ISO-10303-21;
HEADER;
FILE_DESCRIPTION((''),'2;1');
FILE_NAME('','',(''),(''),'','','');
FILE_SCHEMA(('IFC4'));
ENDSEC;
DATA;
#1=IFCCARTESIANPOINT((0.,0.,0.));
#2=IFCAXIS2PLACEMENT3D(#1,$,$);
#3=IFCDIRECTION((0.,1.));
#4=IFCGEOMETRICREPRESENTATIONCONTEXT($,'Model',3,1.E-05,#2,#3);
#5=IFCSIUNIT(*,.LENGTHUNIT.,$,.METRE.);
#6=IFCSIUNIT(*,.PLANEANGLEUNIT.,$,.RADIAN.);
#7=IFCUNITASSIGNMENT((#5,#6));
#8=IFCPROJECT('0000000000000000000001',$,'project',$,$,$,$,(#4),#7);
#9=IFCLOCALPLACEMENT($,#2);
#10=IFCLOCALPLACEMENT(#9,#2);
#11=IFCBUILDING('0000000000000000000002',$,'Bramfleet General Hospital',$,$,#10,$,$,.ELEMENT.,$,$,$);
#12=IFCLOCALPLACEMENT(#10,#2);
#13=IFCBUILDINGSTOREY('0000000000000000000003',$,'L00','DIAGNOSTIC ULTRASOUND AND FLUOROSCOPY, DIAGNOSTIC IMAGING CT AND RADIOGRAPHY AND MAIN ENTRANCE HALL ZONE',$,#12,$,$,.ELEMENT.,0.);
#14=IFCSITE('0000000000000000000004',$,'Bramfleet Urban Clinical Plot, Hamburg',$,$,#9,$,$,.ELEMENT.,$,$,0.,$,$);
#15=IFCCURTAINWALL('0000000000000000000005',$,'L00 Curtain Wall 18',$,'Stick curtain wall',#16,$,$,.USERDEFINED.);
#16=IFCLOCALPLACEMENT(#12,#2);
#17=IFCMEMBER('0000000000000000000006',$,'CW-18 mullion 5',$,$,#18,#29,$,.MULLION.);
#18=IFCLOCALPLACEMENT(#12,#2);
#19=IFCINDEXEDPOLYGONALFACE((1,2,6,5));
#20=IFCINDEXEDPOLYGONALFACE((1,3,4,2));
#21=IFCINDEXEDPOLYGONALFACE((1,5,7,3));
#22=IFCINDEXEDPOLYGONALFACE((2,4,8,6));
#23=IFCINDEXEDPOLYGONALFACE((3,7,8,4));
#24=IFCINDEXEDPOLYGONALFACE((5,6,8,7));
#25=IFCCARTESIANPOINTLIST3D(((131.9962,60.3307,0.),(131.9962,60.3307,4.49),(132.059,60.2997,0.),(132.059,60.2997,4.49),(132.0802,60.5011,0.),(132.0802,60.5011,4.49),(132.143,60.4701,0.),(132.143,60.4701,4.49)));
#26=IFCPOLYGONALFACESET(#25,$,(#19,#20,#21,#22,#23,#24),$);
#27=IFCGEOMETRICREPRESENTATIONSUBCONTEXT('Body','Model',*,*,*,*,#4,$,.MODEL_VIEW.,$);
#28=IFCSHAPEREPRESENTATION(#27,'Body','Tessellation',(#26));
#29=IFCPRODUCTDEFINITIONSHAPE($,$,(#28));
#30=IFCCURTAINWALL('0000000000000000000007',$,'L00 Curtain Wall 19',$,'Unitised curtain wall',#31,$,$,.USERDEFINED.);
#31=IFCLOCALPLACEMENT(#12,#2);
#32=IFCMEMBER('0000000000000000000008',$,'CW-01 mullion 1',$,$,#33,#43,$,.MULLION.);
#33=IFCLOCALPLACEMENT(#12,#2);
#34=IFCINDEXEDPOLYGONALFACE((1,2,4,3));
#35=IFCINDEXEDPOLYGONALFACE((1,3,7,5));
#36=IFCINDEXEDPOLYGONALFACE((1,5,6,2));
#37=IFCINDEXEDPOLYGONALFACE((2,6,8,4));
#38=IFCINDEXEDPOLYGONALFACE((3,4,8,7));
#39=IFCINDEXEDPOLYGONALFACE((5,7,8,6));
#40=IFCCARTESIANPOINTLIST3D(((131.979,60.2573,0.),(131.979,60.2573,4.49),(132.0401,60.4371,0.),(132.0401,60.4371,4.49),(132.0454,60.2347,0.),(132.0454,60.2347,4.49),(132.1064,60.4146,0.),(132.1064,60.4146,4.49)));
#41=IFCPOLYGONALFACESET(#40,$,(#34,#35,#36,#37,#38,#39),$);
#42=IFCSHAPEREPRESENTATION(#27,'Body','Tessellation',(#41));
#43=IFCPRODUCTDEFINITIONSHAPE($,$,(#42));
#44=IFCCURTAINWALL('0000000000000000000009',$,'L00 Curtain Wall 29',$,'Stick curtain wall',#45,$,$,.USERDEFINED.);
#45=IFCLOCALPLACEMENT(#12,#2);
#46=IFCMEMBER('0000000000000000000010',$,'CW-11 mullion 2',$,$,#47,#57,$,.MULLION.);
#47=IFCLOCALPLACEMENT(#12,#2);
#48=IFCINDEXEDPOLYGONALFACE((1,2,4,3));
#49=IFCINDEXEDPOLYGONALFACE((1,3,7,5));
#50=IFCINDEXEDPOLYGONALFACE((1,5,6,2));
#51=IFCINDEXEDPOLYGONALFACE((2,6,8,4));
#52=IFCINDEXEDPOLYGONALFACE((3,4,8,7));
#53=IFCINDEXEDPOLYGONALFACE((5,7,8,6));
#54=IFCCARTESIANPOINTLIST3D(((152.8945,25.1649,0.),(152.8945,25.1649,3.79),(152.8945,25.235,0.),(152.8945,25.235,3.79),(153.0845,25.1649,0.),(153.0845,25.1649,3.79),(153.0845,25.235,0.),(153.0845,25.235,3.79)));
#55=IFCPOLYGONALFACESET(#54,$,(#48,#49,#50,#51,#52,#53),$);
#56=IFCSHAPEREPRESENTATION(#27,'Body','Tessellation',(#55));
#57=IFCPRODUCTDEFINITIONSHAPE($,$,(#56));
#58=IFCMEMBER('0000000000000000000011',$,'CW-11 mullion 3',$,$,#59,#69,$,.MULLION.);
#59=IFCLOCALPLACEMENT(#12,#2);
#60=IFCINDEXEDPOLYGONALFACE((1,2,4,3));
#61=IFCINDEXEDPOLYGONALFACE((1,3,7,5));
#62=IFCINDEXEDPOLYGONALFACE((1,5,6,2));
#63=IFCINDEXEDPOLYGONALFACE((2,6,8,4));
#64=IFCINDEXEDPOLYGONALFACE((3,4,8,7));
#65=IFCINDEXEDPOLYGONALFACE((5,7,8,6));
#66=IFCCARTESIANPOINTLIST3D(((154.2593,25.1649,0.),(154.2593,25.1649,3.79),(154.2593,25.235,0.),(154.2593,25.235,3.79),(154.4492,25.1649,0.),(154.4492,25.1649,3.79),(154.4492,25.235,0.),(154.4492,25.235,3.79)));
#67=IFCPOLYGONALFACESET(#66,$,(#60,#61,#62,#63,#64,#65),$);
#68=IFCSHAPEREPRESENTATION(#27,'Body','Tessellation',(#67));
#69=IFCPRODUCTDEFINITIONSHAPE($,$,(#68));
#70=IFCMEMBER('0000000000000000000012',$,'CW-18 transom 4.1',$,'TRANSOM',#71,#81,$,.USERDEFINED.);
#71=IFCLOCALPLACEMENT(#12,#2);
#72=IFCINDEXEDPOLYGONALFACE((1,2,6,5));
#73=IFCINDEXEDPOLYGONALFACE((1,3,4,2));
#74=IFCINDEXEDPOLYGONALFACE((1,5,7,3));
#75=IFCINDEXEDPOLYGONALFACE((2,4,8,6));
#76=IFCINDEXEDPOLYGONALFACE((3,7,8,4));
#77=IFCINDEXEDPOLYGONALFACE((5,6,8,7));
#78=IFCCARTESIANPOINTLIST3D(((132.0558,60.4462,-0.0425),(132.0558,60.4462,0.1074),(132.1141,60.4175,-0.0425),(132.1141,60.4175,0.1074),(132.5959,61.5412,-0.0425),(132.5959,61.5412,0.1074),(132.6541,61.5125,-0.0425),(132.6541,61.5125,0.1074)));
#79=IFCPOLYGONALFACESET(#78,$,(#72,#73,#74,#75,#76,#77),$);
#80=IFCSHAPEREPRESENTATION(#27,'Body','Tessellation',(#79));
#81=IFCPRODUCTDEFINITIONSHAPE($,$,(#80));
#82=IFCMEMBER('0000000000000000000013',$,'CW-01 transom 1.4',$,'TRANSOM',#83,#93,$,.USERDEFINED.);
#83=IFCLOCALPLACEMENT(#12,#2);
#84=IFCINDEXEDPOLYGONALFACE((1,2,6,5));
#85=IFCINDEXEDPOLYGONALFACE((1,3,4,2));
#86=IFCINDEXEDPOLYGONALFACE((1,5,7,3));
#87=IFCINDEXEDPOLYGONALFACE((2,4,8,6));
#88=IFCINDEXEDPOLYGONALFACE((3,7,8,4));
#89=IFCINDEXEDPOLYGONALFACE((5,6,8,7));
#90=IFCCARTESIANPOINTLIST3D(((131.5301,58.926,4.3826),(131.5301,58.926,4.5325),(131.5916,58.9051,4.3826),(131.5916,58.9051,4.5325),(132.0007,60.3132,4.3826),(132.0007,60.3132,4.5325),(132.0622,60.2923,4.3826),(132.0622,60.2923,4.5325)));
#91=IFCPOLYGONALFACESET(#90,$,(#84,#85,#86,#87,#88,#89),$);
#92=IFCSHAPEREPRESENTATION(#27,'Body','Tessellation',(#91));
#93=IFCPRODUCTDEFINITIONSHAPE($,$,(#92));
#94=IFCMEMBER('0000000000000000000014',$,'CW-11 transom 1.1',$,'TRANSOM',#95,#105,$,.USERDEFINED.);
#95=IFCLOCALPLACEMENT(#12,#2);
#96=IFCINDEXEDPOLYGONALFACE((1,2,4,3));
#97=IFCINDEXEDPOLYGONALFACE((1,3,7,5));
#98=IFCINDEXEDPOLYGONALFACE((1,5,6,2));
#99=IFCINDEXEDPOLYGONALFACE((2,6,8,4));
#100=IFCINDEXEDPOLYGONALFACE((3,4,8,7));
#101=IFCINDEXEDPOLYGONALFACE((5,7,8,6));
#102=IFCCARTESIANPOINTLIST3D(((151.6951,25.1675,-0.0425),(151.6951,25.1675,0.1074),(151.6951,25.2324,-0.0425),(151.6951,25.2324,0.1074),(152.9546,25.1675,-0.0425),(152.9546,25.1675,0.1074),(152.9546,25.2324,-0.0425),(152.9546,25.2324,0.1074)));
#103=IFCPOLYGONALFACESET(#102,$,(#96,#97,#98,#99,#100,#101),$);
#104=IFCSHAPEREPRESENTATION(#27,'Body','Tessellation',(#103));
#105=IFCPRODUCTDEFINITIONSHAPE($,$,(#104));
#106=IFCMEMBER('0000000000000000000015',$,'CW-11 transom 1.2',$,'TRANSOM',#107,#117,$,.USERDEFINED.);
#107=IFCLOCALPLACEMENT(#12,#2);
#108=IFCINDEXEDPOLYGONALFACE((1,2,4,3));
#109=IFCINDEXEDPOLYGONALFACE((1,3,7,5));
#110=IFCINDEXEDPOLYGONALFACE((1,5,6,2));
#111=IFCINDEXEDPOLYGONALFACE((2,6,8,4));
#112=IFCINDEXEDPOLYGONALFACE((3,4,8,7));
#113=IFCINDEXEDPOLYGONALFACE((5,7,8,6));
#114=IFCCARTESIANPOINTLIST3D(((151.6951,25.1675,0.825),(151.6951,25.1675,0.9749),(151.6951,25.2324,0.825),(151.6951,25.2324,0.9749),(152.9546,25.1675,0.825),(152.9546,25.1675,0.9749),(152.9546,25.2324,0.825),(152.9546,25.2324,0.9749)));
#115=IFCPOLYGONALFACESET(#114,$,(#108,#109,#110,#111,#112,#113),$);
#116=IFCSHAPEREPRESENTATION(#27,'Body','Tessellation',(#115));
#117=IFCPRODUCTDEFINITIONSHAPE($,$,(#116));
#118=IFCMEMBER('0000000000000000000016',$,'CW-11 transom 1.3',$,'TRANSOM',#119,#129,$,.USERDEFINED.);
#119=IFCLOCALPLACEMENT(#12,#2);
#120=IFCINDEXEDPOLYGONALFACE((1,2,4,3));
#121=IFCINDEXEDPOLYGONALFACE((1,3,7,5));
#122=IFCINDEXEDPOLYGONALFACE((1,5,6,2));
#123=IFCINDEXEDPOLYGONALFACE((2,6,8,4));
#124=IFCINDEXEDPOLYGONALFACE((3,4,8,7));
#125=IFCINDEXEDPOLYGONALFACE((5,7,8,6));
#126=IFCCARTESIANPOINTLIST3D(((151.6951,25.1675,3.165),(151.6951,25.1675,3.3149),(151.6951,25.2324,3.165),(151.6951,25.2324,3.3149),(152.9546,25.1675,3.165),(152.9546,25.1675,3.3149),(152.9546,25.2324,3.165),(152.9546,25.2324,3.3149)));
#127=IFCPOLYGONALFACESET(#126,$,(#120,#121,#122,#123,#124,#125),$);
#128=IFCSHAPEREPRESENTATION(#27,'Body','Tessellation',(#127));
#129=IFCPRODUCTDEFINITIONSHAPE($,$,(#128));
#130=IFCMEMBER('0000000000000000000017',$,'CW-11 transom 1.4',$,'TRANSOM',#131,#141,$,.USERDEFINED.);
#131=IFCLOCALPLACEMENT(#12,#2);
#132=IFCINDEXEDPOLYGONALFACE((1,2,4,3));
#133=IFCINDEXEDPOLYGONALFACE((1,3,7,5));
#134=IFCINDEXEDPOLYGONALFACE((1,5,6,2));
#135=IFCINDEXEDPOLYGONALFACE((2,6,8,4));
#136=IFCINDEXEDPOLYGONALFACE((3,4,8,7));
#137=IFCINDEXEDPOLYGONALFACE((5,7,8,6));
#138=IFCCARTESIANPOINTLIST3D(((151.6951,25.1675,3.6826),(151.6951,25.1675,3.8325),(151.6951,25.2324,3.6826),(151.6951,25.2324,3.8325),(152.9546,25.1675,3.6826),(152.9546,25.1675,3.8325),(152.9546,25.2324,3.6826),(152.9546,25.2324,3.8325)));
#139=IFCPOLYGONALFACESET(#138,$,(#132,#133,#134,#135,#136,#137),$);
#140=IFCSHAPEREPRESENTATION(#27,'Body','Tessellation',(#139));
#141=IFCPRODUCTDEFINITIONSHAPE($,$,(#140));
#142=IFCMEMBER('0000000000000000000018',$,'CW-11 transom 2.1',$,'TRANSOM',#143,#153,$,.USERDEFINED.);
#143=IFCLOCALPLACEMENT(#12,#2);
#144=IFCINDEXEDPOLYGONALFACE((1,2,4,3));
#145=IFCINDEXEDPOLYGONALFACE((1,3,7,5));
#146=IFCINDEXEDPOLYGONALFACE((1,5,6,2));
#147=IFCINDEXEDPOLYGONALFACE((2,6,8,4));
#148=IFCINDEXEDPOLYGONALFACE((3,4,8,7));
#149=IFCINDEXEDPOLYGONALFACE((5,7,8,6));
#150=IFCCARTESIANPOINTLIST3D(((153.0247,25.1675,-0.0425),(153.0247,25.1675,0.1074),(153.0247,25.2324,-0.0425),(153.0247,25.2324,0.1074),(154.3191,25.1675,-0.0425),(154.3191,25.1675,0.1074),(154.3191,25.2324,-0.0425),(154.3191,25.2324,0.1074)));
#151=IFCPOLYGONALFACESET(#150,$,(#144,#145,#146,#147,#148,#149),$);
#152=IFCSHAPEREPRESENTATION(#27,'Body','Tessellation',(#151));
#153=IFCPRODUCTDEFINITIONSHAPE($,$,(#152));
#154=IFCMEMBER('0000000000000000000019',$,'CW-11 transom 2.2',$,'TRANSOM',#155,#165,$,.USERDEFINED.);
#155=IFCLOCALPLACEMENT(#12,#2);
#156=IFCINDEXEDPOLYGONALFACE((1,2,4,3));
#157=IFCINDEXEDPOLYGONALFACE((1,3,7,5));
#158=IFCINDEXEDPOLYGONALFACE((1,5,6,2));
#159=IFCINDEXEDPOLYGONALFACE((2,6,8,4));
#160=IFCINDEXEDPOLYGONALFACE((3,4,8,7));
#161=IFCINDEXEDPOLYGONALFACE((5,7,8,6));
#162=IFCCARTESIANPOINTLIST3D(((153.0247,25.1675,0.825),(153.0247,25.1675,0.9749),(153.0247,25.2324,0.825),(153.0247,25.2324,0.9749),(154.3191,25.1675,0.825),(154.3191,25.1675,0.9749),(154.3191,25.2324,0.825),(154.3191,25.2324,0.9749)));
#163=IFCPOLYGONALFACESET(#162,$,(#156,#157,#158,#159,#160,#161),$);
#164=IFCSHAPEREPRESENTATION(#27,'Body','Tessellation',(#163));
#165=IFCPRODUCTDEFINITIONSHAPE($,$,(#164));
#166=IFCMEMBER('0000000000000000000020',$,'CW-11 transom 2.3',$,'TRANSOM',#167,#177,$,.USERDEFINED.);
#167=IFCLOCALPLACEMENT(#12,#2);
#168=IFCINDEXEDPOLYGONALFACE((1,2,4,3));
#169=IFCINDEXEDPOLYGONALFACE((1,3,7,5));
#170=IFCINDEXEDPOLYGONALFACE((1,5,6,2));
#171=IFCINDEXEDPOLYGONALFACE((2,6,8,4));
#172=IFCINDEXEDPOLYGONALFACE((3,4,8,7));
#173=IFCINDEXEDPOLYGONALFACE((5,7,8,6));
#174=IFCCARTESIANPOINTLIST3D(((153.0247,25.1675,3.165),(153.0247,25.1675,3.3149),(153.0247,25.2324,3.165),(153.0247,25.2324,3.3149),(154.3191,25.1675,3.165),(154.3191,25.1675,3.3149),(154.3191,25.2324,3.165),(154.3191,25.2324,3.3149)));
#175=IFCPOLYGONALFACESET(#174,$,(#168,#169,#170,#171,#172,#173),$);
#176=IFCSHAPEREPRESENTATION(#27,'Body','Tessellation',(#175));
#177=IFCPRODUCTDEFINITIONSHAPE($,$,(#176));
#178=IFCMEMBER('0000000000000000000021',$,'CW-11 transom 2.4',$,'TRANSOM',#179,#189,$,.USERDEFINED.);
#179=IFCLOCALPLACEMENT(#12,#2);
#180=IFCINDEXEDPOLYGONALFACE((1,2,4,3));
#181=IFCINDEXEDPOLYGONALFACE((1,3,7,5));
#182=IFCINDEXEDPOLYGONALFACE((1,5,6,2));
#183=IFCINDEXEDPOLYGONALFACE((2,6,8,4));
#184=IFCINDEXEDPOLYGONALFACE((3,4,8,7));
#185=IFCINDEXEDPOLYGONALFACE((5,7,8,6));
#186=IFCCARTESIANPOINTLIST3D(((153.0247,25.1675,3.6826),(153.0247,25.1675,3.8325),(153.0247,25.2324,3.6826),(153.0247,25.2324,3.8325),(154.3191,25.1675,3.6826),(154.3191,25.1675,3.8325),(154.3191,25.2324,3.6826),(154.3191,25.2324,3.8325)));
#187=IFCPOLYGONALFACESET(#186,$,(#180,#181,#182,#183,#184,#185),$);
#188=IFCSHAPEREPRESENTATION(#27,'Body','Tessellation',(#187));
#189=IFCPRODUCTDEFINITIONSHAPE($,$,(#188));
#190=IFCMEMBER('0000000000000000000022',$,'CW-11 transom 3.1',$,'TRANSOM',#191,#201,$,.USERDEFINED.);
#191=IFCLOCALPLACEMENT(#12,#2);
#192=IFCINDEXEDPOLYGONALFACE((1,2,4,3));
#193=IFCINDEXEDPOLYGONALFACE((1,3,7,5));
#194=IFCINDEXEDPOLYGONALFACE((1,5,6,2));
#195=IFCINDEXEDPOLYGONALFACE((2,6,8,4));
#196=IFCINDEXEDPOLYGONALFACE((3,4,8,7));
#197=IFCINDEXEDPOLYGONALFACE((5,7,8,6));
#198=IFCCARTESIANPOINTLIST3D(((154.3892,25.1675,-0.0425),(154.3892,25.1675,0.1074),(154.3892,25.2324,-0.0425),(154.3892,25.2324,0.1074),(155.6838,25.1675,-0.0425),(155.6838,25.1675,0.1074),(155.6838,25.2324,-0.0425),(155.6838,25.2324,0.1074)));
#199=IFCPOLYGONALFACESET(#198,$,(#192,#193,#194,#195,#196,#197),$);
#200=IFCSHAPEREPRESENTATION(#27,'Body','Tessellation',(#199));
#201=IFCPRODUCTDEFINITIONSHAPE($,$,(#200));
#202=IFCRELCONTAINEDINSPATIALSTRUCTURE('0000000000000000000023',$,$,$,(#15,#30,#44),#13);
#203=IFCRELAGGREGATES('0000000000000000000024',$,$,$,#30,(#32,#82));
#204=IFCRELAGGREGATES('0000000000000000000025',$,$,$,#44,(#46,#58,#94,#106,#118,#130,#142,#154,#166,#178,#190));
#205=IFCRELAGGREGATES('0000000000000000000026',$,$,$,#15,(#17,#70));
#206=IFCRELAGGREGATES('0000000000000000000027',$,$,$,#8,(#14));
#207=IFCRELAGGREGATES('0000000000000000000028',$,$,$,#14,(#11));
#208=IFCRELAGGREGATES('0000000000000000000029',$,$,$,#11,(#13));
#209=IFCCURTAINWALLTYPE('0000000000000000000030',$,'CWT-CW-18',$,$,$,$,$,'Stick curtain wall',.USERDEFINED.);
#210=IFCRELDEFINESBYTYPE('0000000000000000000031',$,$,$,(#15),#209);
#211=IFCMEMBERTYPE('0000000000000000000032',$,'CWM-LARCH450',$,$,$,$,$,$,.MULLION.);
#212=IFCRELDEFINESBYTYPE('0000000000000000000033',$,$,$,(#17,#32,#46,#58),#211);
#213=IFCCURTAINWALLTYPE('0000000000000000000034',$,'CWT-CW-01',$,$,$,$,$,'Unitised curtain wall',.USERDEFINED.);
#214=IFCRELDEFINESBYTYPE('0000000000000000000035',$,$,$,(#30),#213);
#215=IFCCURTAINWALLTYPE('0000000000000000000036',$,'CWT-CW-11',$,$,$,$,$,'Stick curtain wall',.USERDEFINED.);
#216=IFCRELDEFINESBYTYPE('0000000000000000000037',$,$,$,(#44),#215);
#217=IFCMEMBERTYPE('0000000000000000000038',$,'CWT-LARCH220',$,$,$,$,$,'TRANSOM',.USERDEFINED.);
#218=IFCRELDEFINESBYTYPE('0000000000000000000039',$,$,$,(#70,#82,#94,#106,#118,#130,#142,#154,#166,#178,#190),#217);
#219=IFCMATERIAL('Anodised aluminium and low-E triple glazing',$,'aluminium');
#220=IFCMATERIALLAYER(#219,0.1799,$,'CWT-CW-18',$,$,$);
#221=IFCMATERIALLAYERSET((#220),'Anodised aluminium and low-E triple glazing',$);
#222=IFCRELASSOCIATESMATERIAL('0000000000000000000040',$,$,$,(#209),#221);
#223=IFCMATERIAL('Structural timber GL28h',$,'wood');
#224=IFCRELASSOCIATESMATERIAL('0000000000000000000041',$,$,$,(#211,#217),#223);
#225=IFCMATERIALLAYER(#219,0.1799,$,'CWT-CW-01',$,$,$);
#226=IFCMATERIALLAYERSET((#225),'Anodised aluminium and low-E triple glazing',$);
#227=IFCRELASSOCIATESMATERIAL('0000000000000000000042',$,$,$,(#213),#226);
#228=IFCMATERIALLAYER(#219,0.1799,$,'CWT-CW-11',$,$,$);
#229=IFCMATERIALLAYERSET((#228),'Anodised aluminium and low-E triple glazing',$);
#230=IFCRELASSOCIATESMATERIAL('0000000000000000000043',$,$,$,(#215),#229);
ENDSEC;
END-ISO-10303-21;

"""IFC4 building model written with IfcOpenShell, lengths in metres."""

from ifc_helpers import new_model, si_unit, direction, frame, origin, origin_2d, place, context, subcontext, project, spatial, rectangle, extrude, material, layer, layer_set, material_profile, profile_set, type_object, element, aggregate, save


model = new_model("IFC4")

# Units and contexts
model_context = context("Model", 3, precision=1e-05, world=origin(), true_north=direction((0.0, 1.0)))
body_context = subcontext(model_context, "Body", "Model", "MODEL_VIEW")
ifc_project = project(units=[si_unit("LENGTHUNIT", "METRE"), si_unit("PLANEANGLEUNIT", "RADIAN")], contexts=[model_context])

# Site, building, storey
site_placement = place(None, origin())
site = spatial("IfcSite", under=ifc_project, at=site_placement, Name="Bramfleet Urban Clinical Plot, Hamburg", CompositionType="ELEMENT", RefElevation=0.0)
building_placement = place(site_placement, origin())
building = spatial("IfcBuilding", under=site, at=building_placement, Name="Bramfleet General Hospital", CompositionType="ELEMENT")
storey_placement = place(building_placement, origin())
storey = spatial("IfcBuildingStorey", under=building, at=storey_placement, Name="L00", Description="DIAGNOSTIC ULTRASOUND AND FLUOROSCOPY, DIAGNOSTIC IMAGING CT AND RADIOGRAPHY AND MAIN ENTRANCE HALL ZONE", CompositionType="ELEMENT", Elevation=0.0)

# Curtain walls, members
ifc_material_1 = material(Name="Anodised aluminium and low-E triple glazing", Category="aluminium")
ifc_layer_1 = layer(ifc_material_1, 0.1799, Name="CWT-CW-18")
ifc_layer_set_1 = layer_set([ifc_layer_1], Name="Anodised aluminium and low-E triple glazing")
curtain_wall_type_1 = type_object("IfcCurtainWallType", Name="CWT-CW-18", ElementType="Stick curtain wall", PredefinedType="USERDEFINED", material=ifc_layer_set_1)
curtain_wall_1_placement = place(storey_placement, origin())
curtain_wall_1 = element("IfcCurtainWall", 1, at=curtain_wall_1_placement, inside=storey, type_object=curtain_wall_type_1, Name="L00 Curtain Wall 18", ObjectType="Stick curtain wall", PredefinedType="USERDEFINED")
ifc_material_2 = material(Name="Structural timber GL28h", Category="wood")
ifc_material_profile_1 = material_profile(ifc_material_2, rectangle(XDim=0.0701, YDim=0.1899, at=origin_2d()), Name="LARCH 190x70")
ifc_profile_set_1 = profile_set([ifc_material_profile_1], Name="Structural timber GL28h")
member_type_1 = type_object("IfcMemberType", Name="CWM-LARCH450", PredefinedType="MULLION", material=ifc_profile_set_1)
member_1_placement = place(storey_placement, frame((132.0696, 60.4004, 0.0), z_axis=(0.0, 0.0, 1.0), x_axis=(0.896865, -0.442305, 0.0)))
member_1 = element("IfcMember", 2, at=member_1_placement, type_object=member_type_1, Name="CW-18 mullion 5", PredefinedType="MULLION", context=body_context, shape_type="SweptSolid", body=[
    extrude(rectangle(XDim=0.0701, YDim=0.1899, at=origin_2d()), origin(), (0.0, 0.0, 1.0), 4.49),
])
ifc_layer_2 = layer(ifc_material_1, 0.1799, Name="CWT-CW-01")
ifc_layer_set_2 = layer_set([ifc_layer_2], Name="Anodised aluminium and low-E triple glazing")
curtain_wall_type_2 = type_object("IfcCurtainWallType", Name="CWT-CW-01", ElementType="Unitised curtain wall", PredefinedType="USERDEFINED", material=ifc_layer_set_2)
curtain_wall_2_placement = place(storey_placement, origin())
curtain_wall_2 = element("IfcCurtainWall", 3, at=curtain_wall_2_placement, inside=storey, type_object=curtain_wall_type_2, Name="L00 Curtain Wall 19", ObjectType="Unitised curtain wall", PredefinedType="USERDEFINED")
member_2_placement = place(storey_placement, frame((132.0427, 60.3359, 0.0), z_axis=(0.0, 0.0, 1.0), x_axis=(0.946949, -0.321383, 0.0)))
member_2 = element("IfcMember", 4, at=member_2_placement, type_object=member_type_1, Name="CW-01 mullion 1", PredefinedType="MULLION", context=body_context, shape_type="SweptSolid", body=[
    extrude(rectangle(XDim=0.0701, YDim=0.1899, at=origin_2d()), origin(), (0.0, 0.0, 1.0), 4.49),
])

# Curtain wall, members
ifc_layer_3 = layer(ifc_material_1, 0.1799, Name="CWT-CW-11")
ifc_layer_set_3 = layer_set([ifc_layer_3], Name="Anodised aluminium and low-E triple glazing")
curtain_wall_type_3 = type_object("IfcCurtainWallType", Name="CWT-CW-11", ElementType="Stick curtain wall", PredefinedType="USERDEFINED", material=ifc_layer_set_3)
curtain_wall_3_placement = place(storey_placement, origin())
curtain_wall_3 = element("IfcCurtainWall", 5, at=curtain_wall_3_placement, inside=storey, type_object=curtain_wall_type_3, Name="L00 Curtain Wall 29", ObjectType="Stick curtain wall", PredefinedType="USERDEFINED")
member_3_placement = place(storey_placement, frame((152.9895, 25.2, 0.0), z_axis=(0.0, 0.0, 1.0), x_axis=(0.0, 1.0, 0.0)))
member_3 = element("IfcMember", 6, at=member_3_placement, type_object=member_type_1, Name="CW-11 mullion 2", PredefinedType="MULLION", context=body_context, shape_type="SweptSolid", body=[
    extrude(rectangle(XDim=0.0701, YDim=0.1899, at=origin_2d()), origin(), (0.0, 0.0, 1.0), 3.79),
])
member_4_placement = place(storey_placement, frame((154.3542, 25.2, 0.0), z_axis=(0.0, 0.0, 1.0), x_axis=(0.0, 1.0, 0.0)))
member_4 = element("IfcMember", 7, at=member_4_placement, type_object=member_type_1, Name="CW-11 mullion 3", PredefinedType="MULLION", context=body_context, shape_type="SweptSolid", body=[
    extrude(rectangle(XDim=0.0701, YDim=0.1899, at=origin_2d()), origin(), (0.0, 0.0, 1.0), 3.79),
])

# Members
ifc_material_profile_2 = material_profile(ifc_material_2, rectangle(XDim=0.0649, YDim=0.1499, at=origin_2d()), Name="LARCH 150x65")
ifc_profile_set_2 = profile_set([ifc_material_profile_2], Name="Structural timber GL28h")
member_type_2 = type_object("IfcMemberType", Name="CWT-LARCH220", ElementType="TRANSOM", PredefinedType="USERDEFINED", material=ifc_profile_set_2)
member_5_placement = place(storey_placement, frame((132.625, 61.5269, 0.0325), z_axis=(-0.442328, -0.896853, 0.0), x_axis=(0.896853, -0.442328, 0.0)))
member_5 = element("IfcMember", 8, at=member_5_placement, type_object=member_type_2, Name="CW-18 transom 4.1", ObjectType="TRANSOM", PredefinedType="USERDEFINED", context=body_context, shape_type="SweptSolid", body=[
    extrude(rectangle(XDim=0.0649, YDim=0.1499, at=origin_2d()), origin(), (0.0, 0.0, 1.0), 1.2209),
])
member_6_placement = place(storey_placement, frame((132.0315, 60.3027, 4.4575), z_axis=(-0.321323, -0.94697, 0.0), x_axis=(0.94697, -0.321323, 0.0)))
member_6 = element("IfcMember", 9, at=member_6_placement, type_object=member_type_2, Name="CW-01 transom 1.4", ObjectType="TRANSOM", PredefinedType="USERDEFINED", context=body_context, shape_type="SweptSolid", body=[
    extrude(rectangle(XDim=0.0649, YDim=0.1499, at=origin_2d()), origin(), (0.0, 0.0, 1.0), 1.4648),
])
aggregate(curtain_wall_2, [member_2, member_6])
member_7_placement = place(storey_placement, frame((151.6951, 25.2, 0.0325), z_axis=(1.0, 0.0, 0.0), x_axis=(0.0, 1.0, 0.0)))
member_7 = element("IfcMember", 10, at=member_7_placement, type_object=member_type_2, Name="CW-11 transom 1.1", ObjectType="TRANSOM", PredefinedType="USERDEFINED", context=body_context, shape_type="SweptSolid", body=[
    extrude(rectangle(XDim=0.0649, YDim=0.1499, at=origin_2d()), origin(), (0.0, 0.0, 1.0), 1.2595),
])
member_8_placement = place(storey_placement, frame((151.6951, 25.2, 0.8999), z_axis=(1.0, 0.0, 0.0), x_axis=(0.0, 1.0, 0.0)))
member_8 = element("IfcMember", 11, at=member_8_placement, type_object=member_type_2, Name="CW-11 transom 1.2", ObjectType="TRANSOM", PredefinedType="USERDEFINED", context=body_context, shape_type="SweptSolid", body=[
    extrude(rectangle(XDim=0.0649, YDim=0.1499, at=origin_2d()), origin(), (0.0, 0.0, 1.0), 1.2595),
])
member_9_placement = place(storey_placement, frame((151.6951, 25.2, 3.24), z_axis=(1.0, 0.0, 0.0), x_axis=(0.0, 1.0, 0.0)))
member_9 = element("IfcMember", 12, at=member_9_placement, type_object=member_type_2, Name="CW-11 transom 1.3", ObjectType="TRANSOM", PredefinedType="USERDEFINED", context=body_context, shape_type="SweptSolid", body=[
    extrude(rectangle(XDim=0.0649, YDim=0.1499, at=origin_2d()), origin(), (0.0, 0.0, 1.0), 1.2595),
])
member_10_placement = place(storey_placement, frame((151.6951, 25.2, 3.7576), z_axis=(1.0, 0.0, 0.0), x_axis=(0.0, 1.0, 0.0)))
member_10 = element("IfcMember", 13, at=member_10_placement, type_object=member_type_2, Name="CW-11 transom 1.4", ObjectType="TRANSOM", PredefinedType="USERDEFINED", context=body_context, shape_type="SweptSolid", body=[
    extrude(rectangle(XDim=0.0649, YDim=0.1499, at=origin_2d()), origin(), (0.0, 0.0, 1.0), 1.2595),
])
member_11_placement = place(storey_placement, frame((153.0247, 25.2, 0.0325), z_axis=(1.0, 0.0, 0.0), x_axis=(0.0, 1.0, 0.0)))
member_11 = element("IfcMember", 14, at=member_11_placement, type_object=member_type_2, Name="CW-11 transom 2.1", ObjectType="TRANSOM", PredefinedType="USERDEFINED", context=body_context, shape_type="SweptSolid", body=[
    extrude(rectangle(XDim=0.0649, YDim=0.1499, at=origin_2d()), origin(), (0.0, 0.0, 1.0), 1.2944),
])
member_12_placement = place(storey_placement, frame((153.0247, 25.2, 0.8999), z_axis=(1.0, 0.0, 0.0), x_axis=(0.0, 1.0, 0.0)))
member_12 = element("IfcMember", 15, at=member_12_placement, type_object=member_type_2, Name="CW-11 transom 2.2", ObjectType="TRANSOM", PredefinedType="USERDEFINED", context=body_context, shape_type="SweptSolid", body=[
    extrude(rectangle(XDim=0.0649, YDim=0.1499, at=origin_2d()), origin(), (0.0, 0.0, 1.0), 1.2944),
])
member_13_placement = place(storey_placement, frame((153.0247, 25.2, 3.24), z_axis=(1.0, 0.0, 0.0), x_axis=(0.0, 1.0, 0.0)))
member_13 = element("IfcMember", 16, at=member_13_placement, type_object=member_type_2, Name="CW-11 transom 2.3", ObjectType="TRANSOM", PredefinedType="USERDEFINED", context=body_context, shape_type="SweptSolid", body=[
    extrude(rectangle(XDim=0.0649, YDim=0.1499, at=origin_2d()), origin(), (0.0, 0.0, 1.0), 1.2944),
])
member_14_placement = place(storey_placement, frame((153.0247, 25.2, 3.7576), z_axis=(1.0, 0.0, 0.0), x_axis=(0.0, 1.0, 0.0)))
member_14 = element("IfcMember", 17, at=member_14_placement, type_object=member_type_2, Name="CW-11 transom 2.4", ObjectType="TRANSOM", PredefinedType="USERDEFINED", context=body_context, shape_type="SweptSolid", body=[
    extrude(rectangle(XDim=0.0649, YDim=0.1499, at=origin_2d()), origin(), (0.0, 0.0, 1.0), 1.2944),
])
member_15_placement = place(storey_placement, frame((154.3892, 25.2, 0.0325), z_axis=(1.0, 0.0, 0.0), x_axis=(0.0, 1.0, 0.0)))
member_15 = element("IfcMember", 18, at=member_15_placement, type_object=member_type_2, Name="CW-11 transom 3.1", ObjectType="TRANSOM", PredefinedType="USERDEFINED", context=body_context, shape_type="SweptSolid", body=[
    extrude(rectangle(XDim=0.0649, YDim=0.1499, at=origin_2d()), origin(), (0.0, 0.0, 1.0), 1.2947),
])

aggregate(curtain_wall_3, [member_3, member_4, member_7, member_8, member_9, member_10, member_11, member_12, member_13, member_14, member_15])
aggregate(curtain_wall_1, [member_1, member_5])

save(model, "model.ifc")
